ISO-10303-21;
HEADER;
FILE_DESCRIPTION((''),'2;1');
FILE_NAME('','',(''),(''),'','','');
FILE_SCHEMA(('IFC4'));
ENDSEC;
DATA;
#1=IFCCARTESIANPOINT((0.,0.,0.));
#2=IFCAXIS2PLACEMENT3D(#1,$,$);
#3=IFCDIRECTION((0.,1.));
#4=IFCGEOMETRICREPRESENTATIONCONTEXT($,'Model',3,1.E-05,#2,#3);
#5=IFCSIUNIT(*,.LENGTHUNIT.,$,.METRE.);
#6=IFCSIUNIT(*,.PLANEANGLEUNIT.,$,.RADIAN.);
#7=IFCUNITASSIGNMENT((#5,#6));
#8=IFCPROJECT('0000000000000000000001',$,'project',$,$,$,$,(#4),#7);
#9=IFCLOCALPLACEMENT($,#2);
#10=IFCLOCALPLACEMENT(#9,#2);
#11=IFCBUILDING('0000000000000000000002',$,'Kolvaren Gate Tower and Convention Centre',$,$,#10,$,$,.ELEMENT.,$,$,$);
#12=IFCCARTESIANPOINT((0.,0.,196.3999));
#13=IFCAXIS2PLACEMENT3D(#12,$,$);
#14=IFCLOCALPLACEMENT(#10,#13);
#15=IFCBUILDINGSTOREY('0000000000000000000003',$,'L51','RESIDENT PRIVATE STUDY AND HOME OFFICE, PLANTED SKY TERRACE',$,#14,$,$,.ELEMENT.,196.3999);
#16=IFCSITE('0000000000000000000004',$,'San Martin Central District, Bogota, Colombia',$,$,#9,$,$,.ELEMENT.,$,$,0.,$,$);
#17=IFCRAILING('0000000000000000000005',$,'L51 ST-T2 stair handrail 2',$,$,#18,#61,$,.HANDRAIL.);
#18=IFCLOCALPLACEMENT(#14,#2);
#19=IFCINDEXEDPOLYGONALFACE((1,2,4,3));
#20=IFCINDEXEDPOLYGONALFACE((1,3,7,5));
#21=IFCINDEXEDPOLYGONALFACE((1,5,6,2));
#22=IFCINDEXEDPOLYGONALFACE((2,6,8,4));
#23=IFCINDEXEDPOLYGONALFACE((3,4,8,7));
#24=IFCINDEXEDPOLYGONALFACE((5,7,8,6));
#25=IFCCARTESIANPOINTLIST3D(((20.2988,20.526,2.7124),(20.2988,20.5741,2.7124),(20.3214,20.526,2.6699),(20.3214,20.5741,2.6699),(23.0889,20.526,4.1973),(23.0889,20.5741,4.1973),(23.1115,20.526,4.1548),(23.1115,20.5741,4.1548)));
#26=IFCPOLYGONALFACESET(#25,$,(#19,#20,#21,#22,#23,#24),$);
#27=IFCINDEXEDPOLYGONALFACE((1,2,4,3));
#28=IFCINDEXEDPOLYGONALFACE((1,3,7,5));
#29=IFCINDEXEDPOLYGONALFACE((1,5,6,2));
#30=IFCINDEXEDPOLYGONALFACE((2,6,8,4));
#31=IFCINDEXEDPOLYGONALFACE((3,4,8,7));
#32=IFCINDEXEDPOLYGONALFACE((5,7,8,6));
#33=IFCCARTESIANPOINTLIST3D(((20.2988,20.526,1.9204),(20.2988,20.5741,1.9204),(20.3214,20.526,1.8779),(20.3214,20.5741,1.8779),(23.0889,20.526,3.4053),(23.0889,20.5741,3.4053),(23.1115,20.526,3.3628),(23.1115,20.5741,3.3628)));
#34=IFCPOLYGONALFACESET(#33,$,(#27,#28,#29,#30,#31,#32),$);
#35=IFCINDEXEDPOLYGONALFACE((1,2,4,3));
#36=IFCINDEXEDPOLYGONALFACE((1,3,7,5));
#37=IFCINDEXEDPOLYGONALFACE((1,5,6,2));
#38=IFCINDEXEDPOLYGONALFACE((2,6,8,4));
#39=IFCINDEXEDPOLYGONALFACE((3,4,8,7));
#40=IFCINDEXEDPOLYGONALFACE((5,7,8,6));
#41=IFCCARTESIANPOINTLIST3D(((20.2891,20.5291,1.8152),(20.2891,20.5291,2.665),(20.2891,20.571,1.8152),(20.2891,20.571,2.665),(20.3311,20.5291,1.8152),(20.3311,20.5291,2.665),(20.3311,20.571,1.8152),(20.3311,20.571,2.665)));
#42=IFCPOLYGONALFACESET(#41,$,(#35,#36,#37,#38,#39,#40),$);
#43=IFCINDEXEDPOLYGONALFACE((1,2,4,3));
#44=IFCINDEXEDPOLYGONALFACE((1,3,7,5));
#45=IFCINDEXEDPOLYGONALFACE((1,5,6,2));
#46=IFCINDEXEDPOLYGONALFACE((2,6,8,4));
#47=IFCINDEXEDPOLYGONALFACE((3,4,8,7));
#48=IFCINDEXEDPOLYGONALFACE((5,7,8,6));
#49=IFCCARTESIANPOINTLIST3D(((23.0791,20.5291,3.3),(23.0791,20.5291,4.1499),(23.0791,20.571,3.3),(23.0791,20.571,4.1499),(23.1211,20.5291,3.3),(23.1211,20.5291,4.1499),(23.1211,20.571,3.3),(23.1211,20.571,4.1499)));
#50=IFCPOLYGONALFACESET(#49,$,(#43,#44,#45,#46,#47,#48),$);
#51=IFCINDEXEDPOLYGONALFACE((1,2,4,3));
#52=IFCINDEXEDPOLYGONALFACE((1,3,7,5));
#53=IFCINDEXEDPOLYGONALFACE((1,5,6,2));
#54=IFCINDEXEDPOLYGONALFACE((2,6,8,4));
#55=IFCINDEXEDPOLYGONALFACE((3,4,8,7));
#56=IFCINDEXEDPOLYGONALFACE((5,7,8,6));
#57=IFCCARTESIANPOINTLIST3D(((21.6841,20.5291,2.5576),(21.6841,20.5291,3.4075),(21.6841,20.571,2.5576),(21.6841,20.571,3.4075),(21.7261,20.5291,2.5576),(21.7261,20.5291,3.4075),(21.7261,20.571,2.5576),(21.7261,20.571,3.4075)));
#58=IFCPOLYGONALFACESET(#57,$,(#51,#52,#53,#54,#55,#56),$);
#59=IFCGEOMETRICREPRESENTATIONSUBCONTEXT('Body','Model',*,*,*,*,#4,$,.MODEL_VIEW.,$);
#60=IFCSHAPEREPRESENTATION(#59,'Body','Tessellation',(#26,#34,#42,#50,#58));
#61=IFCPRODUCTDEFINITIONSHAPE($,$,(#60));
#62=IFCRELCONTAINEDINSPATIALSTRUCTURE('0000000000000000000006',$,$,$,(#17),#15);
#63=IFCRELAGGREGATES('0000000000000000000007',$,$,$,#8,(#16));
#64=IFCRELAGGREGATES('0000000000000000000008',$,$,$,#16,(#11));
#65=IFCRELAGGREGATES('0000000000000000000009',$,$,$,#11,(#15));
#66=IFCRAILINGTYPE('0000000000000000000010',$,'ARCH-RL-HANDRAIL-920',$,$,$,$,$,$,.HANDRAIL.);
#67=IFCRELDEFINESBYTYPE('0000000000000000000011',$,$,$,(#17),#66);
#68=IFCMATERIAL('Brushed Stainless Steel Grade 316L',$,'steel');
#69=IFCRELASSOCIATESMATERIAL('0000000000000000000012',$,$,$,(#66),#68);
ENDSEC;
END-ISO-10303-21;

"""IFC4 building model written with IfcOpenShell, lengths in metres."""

from ifc_helpers import new_model, si_unit, direction, frame, origin, origin_2d, place, context, subcontext, project, spatial, rectangle, extrude, material, type_object, element, save


model = new_model("IFC4")

# Units and contexts
model_context = context("Model", 3, precision=1e-05, world=origin(), true_north=direction((0.0, 1.0)))
body_context = subcontext(model_context, "Body", "Model", "MODEL_VIEW")
ifc_project = project(units=[si_unit("LENGTHUNIT", "METRE"), si_unit("PLANEANGLEUNIT", "RADIAN")], contexts=[model_context])

# Site, building, storey
site_placement = place(None, origin())
site = spatial("IfcSite", under=ifc_project, at=site_placement, Name="San Martin Central District, Bogota, Colombia", CompositionType="ELEMENT", RefElevation=0.0)
building_placement = place(site_placement, origin())
building = spatial("IfcBuilding", under=site, at=building_placement, Name="Kolvaren Gate Tower and Convention Centre", CompositionType="ELEMENT")
storey_placement = place(building_placement, frame((0.0, 0.0, 196.3999)))
storey = spatial("IfcBuildingStorey", under=building, at=storey_placement, Name="L51", Description="RESIDENT PRIVATE STUDY AND HOME OFFICE, PLANTED SKY TERRACE", CompositionType="ELEMENT", Elevation=196.3999)

# Shared definitions
ifc_material_1 = material(Name="Brushed Stainless Steel Grade 316L", Category="steel")

# Railing
railing_type_1 = type_object("IfcRailingType", Name="ARCH-RL-HANDRAIL-920", PredefinedType="HANDRAIL", material=ifc_material_1)
railing_1_placement = place(storey_placement, frame((20.3101, 20.55, 1.8152)))
element("IfcRailing", 1, at=railing_1_placement, inside=storey, type_object=railing_type_1, Name="L51 ST-T2 stair handrail 2", PredefinedType="HANDRAIL", context=body_context, shape_type="SweptSolid", body=[
    extrude(rectangle(XDim=0.0481, YDim=0.0481, at=origin_2d()), frame((0.0, 0.0, 0.876), z_axis=(0.882767, 0.0, 0.46981), x_axis=(0.0, 1.0, 0.0)), (0.0, 0.0, 1.0), 3.1606),
    extrude(rectangle(XDim=0.0481, YDim=0.0481, at=origin_2d()), frame((0.0, 0.0, 0.084), z_axis=(0.882767, 0.0, 0.46981), x_axis=(0.0, 1.0, 0.0)), (0.0, 0.0, 1.0), 3.1606),
    extrude(rectangle(XDim=0.042, YDim=0.042, at=origin_2d()), origin(), (0.0, 0.0, 1.0), 0.8499),
    extrude(rectangle(XDim=0.042, YDim=0.042, at=origin_2d()), frame((2.79, 0.0, 1.4849)), (0.0, 0.0, 1.0), 0.8499),
    extrude(rectangle(XDim=0.042, YDim=0.042, at=origin_2d()), frame((1.395, 0.0, 0.7424)), (0.0, 0.0, 1.0), 0.8499),
])

save(model, "model.ifc")
